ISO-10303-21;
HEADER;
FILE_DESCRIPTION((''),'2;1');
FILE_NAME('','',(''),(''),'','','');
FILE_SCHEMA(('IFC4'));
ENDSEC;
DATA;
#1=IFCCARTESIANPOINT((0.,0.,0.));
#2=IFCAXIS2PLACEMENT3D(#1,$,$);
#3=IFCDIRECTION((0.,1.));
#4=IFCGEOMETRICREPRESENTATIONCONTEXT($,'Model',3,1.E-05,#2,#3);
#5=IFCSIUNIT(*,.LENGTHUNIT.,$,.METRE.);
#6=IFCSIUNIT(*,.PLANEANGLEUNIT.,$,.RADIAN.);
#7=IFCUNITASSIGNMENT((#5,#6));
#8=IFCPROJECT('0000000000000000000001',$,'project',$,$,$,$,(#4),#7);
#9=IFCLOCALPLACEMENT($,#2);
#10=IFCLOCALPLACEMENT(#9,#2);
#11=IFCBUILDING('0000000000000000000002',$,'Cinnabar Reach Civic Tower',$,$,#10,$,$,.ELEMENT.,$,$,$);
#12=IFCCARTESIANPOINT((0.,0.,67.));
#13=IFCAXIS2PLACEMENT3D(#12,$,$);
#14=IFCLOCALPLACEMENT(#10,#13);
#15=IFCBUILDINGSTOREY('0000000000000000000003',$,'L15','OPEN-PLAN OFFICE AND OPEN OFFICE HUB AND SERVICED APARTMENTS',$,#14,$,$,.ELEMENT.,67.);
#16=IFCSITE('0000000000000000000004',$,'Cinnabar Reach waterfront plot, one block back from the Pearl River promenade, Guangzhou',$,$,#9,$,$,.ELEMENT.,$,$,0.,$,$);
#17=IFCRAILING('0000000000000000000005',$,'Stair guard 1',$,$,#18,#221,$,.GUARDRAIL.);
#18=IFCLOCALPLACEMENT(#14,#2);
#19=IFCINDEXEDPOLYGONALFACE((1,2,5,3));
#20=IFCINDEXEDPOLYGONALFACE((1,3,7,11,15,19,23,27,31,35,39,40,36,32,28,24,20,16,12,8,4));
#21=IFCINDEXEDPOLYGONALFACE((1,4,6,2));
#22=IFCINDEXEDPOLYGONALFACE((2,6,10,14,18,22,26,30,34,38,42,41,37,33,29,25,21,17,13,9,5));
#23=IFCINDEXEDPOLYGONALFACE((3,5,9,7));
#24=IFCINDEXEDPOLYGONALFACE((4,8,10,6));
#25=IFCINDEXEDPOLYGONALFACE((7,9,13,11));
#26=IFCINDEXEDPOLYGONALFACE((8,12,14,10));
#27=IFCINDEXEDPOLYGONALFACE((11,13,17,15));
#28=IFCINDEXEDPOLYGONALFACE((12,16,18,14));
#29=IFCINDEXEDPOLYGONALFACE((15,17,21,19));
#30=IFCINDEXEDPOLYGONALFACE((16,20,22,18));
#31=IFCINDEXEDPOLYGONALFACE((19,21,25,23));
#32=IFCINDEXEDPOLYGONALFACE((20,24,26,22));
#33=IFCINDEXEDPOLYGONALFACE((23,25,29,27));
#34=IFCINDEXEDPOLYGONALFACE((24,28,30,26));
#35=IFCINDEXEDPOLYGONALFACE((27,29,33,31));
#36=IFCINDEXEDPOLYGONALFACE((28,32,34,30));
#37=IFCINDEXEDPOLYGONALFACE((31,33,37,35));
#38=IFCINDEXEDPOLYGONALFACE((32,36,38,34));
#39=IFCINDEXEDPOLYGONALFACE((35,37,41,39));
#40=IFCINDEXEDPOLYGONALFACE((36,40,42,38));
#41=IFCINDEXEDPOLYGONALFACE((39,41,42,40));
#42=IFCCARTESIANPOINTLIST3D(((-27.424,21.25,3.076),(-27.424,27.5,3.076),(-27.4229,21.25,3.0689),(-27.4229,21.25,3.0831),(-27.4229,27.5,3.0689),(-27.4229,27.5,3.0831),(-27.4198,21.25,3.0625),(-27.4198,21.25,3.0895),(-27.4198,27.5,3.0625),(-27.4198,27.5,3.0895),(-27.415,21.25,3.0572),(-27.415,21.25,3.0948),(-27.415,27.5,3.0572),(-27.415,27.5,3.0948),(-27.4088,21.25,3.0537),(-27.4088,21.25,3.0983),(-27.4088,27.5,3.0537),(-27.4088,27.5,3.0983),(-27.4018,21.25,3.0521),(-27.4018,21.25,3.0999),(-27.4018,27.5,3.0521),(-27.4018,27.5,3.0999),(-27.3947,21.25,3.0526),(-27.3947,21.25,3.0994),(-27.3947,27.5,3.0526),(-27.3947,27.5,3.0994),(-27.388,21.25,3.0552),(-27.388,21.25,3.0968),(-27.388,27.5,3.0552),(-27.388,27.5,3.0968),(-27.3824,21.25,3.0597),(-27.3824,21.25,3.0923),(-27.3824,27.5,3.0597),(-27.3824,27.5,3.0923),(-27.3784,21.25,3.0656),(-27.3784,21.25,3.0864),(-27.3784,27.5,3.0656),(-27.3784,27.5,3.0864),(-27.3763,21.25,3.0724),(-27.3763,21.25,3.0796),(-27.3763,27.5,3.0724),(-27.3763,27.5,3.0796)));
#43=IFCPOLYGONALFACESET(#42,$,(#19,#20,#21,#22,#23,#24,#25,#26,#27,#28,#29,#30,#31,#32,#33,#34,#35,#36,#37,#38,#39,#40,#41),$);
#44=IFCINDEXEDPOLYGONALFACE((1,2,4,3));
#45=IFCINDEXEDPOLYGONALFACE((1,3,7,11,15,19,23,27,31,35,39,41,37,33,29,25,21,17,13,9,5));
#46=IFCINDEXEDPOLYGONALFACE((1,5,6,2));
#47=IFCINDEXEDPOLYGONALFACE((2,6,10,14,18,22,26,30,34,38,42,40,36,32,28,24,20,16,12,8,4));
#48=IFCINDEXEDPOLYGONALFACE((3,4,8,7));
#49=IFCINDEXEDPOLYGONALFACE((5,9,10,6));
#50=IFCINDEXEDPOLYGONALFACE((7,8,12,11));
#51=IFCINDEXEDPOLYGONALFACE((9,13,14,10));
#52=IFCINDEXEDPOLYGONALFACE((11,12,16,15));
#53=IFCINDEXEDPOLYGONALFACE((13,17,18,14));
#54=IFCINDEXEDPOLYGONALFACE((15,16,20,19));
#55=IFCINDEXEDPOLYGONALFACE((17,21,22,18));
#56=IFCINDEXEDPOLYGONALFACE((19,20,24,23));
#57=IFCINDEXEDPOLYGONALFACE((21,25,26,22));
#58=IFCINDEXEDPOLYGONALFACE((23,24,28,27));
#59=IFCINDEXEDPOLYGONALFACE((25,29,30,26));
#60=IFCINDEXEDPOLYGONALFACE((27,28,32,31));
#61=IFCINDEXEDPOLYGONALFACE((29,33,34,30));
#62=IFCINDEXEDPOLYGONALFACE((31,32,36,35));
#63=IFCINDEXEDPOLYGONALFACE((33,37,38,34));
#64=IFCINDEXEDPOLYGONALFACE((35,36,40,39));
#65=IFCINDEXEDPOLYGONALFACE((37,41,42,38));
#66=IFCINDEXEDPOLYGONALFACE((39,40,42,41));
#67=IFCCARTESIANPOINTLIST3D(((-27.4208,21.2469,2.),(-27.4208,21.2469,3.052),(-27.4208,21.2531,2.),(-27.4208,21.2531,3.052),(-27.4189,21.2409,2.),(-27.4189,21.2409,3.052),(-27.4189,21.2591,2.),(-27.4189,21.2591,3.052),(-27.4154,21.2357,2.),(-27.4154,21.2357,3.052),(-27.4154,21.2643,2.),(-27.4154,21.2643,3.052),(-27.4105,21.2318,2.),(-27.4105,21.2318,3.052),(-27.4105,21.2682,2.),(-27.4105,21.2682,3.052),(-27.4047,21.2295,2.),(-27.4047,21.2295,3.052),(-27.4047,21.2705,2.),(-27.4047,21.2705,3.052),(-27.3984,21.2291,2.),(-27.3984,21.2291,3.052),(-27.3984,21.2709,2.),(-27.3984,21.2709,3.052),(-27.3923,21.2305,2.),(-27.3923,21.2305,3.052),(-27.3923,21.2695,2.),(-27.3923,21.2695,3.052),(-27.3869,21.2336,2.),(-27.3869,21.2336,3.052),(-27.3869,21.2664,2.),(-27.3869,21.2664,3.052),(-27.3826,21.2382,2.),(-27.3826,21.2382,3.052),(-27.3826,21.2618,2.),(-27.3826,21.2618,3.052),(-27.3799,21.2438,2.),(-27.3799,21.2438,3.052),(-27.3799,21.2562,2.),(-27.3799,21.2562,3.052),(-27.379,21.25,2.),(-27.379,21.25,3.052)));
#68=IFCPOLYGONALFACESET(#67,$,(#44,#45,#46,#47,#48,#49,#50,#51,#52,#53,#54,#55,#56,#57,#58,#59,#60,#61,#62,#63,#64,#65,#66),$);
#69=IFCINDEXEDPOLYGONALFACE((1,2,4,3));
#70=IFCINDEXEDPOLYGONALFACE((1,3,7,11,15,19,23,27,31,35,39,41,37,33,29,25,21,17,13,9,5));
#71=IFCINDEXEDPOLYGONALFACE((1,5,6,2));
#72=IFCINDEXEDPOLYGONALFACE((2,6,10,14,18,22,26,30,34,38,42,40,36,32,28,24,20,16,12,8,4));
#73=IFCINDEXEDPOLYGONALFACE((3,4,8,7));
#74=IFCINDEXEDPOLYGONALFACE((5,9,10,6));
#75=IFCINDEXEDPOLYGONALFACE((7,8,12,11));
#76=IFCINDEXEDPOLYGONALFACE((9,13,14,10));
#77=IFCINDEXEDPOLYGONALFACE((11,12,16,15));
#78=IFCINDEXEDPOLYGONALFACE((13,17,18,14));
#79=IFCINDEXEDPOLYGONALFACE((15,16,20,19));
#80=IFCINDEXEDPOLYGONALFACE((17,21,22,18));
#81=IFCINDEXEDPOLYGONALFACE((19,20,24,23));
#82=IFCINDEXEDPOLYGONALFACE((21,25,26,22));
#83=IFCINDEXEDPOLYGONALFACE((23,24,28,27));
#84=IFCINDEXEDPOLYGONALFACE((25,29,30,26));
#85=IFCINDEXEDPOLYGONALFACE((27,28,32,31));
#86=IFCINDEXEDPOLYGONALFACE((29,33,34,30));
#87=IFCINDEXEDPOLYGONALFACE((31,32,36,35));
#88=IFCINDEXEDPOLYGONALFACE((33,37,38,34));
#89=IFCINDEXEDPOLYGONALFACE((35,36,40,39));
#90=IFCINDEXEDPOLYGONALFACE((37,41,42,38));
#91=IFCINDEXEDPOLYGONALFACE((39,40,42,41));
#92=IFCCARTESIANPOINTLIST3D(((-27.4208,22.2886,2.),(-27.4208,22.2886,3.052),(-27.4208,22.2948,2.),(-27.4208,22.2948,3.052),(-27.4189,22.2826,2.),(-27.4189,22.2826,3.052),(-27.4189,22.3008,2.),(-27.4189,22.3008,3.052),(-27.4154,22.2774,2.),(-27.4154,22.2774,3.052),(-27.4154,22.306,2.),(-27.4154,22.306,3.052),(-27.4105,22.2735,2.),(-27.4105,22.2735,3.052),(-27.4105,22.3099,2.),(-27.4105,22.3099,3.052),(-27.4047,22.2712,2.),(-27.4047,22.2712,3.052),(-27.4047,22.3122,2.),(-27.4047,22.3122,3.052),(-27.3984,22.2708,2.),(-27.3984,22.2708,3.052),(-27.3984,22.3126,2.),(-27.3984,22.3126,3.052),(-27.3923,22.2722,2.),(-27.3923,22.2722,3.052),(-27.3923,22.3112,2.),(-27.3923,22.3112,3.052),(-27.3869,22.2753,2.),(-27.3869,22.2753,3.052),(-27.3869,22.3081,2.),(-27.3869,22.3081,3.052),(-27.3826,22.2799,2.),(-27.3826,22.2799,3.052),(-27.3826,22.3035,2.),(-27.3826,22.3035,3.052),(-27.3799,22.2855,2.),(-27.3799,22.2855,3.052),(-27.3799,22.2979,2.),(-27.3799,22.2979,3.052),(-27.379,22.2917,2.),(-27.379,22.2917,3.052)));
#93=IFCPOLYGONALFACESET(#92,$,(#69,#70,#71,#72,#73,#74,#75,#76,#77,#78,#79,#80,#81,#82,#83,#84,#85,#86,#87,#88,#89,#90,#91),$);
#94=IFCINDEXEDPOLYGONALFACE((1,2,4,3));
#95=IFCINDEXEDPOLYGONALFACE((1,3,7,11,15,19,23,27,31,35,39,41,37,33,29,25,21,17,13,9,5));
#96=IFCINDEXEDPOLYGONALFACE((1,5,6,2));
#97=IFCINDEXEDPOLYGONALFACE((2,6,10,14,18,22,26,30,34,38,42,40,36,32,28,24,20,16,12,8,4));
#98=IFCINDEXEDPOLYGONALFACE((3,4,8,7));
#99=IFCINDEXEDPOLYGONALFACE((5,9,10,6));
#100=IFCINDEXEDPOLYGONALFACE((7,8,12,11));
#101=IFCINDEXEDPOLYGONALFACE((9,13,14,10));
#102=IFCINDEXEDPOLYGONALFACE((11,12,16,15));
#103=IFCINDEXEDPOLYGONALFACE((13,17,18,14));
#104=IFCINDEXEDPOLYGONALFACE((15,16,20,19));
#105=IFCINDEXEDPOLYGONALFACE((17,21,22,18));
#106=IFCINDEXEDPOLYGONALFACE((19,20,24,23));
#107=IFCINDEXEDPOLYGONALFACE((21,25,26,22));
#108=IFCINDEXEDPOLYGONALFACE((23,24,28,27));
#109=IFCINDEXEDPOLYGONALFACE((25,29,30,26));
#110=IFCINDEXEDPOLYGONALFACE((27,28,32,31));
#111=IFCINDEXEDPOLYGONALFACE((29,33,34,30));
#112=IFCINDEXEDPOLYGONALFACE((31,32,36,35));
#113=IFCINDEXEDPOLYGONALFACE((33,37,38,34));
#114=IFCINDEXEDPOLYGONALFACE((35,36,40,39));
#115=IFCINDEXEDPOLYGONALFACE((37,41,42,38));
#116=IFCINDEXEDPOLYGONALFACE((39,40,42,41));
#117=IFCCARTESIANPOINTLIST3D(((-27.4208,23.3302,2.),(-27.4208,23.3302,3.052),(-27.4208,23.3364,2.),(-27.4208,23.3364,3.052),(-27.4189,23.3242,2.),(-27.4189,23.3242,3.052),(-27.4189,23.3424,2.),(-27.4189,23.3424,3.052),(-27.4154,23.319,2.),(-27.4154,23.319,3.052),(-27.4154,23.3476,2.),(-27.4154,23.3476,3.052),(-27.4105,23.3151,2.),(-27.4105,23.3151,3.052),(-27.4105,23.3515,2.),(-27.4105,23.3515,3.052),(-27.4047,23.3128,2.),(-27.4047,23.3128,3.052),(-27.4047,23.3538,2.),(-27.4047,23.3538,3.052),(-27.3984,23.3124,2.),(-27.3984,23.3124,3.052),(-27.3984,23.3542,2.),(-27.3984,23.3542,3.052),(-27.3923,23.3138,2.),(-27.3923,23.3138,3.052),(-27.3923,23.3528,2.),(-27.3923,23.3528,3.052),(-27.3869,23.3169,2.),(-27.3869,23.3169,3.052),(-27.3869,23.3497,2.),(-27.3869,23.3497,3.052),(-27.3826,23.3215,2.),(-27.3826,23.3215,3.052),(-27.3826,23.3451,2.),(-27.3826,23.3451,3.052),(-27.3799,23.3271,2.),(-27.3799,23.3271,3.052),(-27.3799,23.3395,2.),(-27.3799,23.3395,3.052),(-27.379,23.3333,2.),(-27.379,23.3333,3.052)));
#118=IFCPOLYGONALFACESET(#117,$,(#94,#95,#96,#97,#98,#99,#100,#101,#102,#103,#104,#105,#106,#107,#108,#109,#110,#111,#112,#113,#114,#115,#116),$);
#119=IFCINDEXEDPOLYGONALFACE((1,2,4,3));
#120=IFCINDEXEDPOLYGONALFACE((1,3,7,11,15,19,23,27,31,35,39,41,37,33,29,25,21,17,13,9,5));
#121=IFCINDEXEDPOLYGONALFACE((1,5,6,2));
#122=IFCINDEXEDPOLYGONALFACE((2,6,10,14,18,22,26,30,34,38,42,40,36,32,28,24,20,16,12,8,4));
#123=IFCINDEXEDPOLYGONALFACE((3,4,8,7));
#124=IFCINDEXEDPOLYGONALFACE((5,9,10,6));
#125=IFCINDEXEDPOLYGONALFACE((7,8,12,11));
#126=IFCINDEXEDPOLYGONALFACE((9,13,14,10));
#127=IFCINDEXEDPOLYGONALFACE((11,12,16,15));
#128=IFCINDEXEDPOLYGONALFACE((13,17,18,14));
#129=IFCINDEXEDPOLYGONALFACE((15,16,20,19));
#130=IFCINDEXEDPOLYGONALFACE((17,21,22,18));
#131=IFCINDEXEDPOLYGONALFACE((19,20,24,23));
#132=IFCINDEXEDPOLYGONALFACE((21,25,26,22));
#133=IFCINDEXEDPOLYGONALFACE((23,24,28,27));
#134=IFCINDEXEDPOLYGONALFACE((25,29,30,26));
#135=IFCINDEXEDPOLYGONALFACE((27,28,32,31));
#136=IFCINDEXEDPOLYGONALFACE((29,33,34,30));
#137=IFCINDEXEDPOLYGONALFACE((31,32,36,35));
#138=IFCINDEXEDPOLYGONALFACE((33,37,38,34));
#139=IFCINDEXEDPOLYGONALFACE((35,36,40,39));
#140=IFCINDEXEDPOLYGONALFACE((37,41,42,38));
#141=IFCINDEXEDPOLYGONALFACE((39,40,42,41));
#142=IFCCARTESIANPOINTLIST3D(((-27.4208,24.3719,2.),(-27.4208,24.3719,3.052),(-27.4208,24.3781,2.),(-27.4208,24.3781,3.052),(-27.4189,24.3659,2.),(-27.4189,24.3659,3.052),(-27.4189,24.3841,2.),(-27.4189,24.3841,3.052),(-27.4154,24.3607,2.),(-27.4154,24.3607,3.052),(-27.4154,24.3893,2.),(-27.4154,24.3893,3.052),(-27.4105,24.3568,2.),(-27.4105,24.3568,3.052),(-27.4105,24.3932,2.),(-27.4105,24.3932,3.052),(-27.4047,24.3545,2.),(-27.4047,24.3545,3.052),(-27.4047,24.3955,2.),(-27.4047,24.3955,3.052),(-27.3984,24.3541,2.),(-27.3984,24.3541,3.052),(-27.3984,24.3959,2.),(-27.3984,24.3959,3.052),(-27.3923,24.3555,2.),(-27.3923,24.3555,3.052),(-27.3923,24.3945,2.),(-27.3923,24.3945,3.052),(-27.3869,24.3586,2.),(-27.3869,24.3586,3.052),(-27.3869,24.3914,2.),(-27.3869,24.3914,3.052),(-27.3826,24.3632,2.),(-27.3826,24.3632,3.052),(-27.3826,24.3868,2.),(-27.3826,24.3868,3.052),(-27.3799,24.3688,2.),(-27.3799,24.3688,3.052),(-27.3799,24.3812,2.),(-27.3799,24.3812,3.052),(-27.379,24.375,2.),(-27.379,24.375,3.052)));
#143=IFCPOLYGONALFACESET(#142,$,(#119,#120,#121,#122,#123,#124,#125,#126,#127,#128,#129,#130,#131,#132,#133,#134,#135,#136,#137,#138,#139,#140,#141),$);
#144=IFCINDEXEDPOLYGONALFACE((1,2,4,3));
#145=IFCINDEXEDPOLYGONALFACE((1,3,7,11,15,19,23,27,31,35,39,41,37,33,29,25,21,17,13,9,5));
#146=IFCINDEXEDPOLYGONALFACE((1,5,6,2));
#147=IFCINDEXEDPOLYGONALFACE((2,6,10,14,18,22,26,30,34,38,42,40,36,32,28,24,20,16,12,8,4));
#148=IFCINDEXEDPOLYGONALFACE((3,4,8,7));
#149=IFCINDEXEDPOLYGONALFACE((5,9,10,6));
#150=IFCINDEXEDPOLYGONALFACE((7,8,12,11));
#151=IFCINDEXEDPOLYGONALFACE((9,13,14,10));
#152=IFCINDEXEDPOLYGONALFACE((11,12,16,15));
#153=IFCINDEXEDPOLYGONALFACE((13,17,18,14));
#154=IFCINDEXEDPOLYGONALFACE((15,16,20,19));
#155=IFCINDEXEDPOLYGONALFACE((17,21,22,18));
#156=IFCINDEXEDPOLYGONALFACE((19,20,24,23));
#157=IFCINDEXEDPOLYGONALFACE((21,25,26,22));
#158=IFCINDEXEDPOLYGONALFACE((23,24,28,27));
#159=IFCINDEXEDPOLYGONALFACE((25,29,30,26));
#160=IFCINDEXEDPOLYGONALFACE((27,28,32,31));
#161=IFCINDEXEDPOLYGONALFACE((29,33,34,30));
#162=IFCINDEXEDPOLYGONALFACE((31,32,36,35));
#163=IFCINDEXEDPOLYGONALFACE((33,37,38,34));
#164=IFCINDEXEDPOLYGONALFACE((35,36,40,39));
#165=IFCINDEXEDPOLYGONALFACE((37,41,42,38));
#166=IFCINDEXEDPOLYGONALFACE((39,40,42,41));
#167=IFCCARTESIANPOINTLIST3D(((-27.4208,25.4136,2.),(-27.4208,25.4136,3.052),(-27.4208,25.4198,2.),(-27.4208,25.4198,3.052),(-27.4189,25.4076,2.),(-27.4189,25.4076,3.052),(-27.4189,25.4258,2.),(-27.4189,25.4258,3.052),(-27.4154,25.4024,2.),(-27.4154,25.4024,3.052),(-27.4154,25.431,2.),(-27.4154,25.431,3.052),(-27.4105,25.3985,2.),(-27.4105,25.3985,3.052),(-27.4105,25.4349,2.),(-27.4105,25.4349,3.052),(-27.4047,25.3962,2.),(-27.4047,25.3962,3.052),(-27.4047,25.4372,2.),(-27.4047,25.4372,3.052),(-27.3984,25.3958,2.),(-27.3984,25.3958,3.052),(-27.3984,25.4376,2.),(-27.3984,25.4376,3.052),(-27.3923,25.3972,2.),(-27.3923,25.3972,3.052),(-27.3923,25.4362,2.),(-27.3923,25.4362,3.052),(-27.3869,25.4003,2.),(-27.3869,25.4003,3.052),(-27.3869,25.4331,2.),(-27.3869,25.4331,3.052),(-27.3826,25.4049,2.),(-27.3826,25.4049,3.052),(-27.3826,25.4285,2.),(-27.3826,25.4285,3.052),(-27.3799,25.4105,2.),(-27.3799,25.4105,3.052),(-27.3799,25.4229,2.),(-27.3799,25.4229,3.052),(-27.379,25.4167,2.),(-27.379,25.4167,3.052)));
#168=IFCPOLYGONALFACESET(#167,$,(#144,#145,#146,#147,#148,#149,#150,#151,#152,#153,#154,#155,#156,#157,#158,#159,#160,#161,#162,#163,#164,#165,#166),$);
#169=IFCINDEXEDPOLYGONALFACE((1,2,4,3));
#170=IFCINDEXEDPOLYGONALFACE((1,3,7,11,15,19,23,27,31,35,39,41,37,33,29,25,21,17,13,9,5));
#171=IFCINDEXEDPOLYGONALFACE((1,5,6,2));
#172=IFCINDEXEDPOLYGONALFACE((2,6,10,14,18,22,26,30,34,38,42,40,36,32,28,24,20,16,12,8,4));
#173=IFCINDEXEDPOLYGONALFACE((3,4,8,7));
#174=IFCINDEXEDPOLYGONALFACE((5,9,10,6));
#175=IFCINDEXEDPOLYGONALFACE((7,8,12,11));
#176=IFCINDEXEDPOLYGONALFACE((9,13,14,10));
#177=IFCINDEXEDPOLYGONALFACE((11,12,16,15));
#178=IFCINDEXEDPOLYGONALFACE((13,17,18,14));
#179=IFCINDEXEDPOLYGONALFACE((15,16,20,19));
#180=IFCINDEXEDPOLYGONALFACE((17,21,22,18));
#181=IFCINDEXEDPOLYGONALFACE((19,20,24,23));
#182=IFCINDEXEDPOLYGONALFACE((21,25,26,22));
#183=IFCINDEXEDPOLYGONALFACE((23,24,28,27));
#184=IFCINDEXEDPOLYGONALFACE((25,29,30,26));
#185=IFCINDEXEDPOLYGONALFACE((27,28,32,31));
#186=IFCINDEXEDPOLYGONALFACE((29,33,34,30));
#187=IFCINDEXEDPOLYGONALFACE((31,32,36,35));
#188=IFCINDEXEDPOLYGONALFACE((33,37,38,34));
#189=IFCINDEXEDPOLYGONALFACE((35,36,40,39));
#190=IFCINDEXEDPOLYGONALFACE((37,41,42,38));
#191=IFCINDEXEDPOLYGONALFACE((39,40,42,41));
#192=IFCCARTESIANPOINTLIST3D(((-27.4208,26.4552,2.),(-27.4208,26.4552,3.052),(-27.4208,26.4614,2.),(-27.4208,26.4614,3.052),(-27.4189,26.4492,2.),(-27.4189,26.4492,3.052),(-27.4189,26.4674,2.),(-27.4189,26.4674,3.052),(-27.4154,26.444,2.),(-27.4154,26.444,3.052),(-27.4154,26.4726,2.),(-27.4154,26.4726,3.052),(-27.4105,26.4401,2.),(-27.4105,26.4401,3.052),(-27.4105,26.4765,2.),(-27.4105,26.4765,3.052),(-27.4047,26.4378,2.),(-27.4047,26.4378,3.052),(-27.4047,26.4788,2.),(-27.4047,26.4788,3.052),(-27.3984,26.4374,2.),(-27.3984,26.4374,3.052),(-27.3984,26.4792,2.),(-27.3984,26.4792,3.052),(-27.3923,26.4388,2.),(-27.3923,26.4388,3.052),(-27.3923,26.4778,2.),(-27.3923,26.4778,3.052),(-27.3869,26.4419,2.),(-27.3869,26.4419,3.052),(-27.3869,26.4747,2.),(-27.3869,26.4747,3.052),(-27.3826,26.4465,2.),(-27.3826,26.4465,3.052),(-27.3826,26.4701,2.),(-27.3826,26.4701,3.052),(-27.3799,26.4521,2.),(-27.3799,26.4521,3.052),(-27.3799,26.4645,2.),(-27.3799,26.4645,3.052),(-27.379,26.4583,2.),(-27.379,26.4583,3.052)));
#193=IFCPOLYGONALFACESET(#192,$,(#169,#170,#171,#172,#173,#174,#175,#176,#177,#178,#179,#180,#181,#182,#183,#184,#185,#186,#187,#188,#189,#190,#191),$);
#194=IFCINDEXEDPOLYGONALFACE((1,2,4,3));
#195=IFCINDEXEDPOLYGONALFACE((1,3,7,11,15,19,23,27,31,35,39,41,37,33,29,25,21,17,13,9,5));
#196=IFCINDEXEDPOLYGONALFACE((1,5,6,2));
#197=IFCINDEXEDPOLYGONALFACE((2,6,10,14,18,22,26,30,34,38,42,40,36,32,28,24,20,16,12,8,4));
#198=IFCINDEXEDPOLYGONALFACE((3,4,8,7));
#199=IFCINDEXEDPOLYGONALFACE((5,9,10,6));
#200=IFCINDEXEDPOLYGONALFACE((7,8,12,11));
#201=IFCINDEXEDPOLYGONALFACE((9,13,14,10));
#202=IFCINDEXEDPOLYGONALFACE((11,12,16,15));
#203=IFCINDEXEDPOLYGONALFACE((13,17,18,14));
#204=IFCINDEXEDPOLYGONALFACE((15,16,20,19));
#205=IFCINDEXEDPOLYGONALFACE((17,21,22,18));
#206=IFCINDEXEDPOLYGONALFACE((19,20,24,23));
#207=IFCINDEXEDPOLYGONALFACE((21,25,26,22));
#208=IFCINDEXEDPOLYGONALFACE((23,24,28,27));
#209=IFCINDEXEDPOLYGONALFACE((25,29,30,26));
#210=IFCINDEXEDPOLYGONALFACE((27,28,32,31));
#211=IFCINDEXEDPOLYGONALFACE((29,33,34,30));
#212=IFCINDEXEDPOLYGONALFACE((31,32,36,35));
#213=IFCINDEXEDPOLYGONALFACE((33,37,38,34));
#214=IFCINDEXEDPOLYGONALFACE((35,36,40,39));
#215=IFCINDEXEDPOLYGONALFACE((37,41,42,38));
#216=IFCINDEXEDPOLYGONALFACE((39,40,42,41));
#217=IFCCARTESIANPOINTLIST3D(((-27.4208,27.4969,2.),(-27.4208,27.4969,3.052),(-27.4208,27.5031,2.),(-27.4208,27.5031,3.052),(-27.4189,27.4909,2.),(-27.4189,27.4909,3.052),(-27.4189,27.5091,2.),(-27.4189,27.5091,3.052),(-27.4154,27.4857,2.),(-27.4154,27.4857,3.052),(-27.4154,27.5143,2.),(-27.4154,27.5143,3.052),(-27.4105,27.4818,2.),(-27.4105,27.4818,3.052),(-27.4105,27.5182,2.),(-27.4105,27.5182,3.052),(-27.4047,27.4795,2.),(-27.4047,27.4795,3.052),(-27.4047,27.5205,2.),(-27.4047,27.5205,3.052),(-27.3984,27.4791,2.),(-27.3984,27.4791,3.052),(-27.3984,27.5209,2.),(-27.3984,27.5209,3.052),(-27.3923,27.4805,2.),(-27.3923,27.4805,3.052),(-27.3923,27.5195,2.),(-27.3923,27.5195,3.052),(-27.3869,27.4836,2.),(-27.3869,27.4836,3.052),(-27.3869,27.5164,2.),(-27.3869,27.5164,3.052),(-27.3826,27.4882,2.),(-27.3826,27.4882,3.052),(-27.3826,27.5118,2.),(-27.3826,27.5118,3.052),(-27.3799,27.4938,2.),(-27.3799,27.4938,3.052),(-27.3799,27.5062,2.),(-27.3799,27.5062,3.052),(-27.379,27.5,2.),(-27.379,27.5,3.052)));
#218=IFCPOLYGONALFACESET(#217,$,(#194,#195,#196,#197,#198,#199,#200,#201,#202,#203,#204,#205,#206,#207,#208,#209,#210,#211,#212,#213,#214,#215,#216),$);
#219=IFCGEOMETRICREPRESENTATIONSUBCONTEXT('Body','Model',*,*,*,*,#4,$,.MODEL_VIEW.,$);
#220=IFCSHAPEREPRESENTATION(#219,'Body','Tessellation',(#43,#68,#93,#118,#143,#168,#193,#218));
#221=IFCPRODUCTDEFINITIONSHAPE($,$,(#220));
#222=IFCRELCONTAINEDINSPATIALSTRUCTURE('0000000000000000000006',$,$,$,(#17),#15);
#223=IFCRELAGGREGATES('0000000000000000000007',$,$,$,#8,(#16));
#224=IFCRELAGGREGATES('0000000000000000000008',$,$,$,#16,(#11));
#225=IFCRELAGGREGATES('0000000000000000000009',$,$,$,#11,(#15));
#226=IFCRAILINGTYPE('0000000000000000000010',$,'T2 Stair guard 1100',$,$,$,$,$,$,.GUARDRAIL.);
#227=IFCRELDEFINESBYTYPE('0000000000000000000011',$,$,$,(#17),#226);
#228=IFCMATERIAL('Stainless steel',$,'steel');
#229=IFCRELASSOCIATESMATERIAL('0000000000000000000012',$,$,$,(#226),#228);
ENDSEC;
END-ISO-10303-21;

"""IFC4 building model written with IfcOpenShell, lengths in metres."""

from ifc_helpers import new_model, si_unit, direction, frame, origin, origin_2d, place, context, subcontext, project, spatial, circle, extrude, material, type_object, element, save


model = new_model("IFC4")

# Units and contexts
model_context = context("Model", 3, precision=1e-05, world=origin(), true_north=direction((0.0, 1.0)))
body_context = subcontext(model_context, "Body", "Model", "MODEL_VIEW")
ifc_project = project(units=[si_unit("LENGTHUNIT", "METRE"), si_unit("PLANEANGLEUNIT", "RADIAN")], contexts=[model_context])

# Site, building, storey
site_placement = place(None, origin())
site = spatial("IfcSite", under=ifc_project, at=site_placement, Name="Cinnabar Reach waterfront plot, one block back from the Pearl River promenade, Guangzhou", CompositionType="ELEMENT", RefElevation=0.0)
building_placement = place(site_placement, origin())
building = spatial("IfcBuilding", under=site, at=building_placement, Name="Cinnabar Reach Civic Tower", CompositionType="ELEMENT")
storey_placement = place(building_placement, frame((0.0, 0.0, 67.0)))
storey = spatial("IfcBuildingStorey", under=building, at=storey_placement, Name="L15", Description="OPEN-PLAN OFFICE AND OPEN OFFICE HUB AND SERVICED APARTMENTS", CompositionType="ELEMENT", Elevation=67.0)

# Railing
ifc_material_1 = material(Name="Stainless steel", Category="steel")
railing_type = type_object("IfcRailingType", Name="T2 Stair guard 1100", PredefinedType="GUARDRAIL", material=ifc_material_1)
for number, where, name in (
    (1, (-27.4, 21.25, 2.0), "Stair guard 1"),
):
    element("IfcRailing", number, at=place(storey_placement, frame(where)), inside=storey, type_object=railing_type, Name=name, PredefinedType="GUARDRAIL", context=body_context, shape_type="SweptSolid", body=[
        extrude(circle(Radius=0.024, at=origin_2d()), frame((0.0, 0.0, 1.076), z_axis=(0.0, 1.0, 0.0), x_axis=(-1.0, 0.0, 0.0)), (0.0, 0.0, 1.0), 6.25),
        extrude(circle(Radius=0.021, at=origin_2d()), origin(), (0.0, 0.0, 1.0), 1.052),
        extrude(circle(Radius=0.021, at=origin_2d()), frame((0.0, 1.0417, 0.0)), (0.0, 0.0, 1.0), 1.052),
        extrude(circle(Radius=0.021, at=origin_2d()), frame((0.0, 2.0833, 0.0)), (0.0, 0.0, 1.0), 1.052),
        extrude(circle(Radius=0.021, at=origin_2d()), frame((0.0, 3.125, 0.0)), (0.0, 0.0, 1.0), 1.052),
        extrude(circle(Radius=0.021, at=origin_2d()), frame((0.0, 4.1667, 0.0)), (0.0, 0.0, 1.0), 1.052),
        extrude(circle(Radius=0.021, at=origin_2d()), frame((0.0, 5.2083, 0.0)), (0.0, 0.0, 1.0), 1.052),
        extrude(circle(Radius=0.021, at=origin_2d()), frame((0.0, 6.25, 0.0)), (0.0, 0.0, 1.0), 1.052),
    ])

save(model, "model.ifc")
